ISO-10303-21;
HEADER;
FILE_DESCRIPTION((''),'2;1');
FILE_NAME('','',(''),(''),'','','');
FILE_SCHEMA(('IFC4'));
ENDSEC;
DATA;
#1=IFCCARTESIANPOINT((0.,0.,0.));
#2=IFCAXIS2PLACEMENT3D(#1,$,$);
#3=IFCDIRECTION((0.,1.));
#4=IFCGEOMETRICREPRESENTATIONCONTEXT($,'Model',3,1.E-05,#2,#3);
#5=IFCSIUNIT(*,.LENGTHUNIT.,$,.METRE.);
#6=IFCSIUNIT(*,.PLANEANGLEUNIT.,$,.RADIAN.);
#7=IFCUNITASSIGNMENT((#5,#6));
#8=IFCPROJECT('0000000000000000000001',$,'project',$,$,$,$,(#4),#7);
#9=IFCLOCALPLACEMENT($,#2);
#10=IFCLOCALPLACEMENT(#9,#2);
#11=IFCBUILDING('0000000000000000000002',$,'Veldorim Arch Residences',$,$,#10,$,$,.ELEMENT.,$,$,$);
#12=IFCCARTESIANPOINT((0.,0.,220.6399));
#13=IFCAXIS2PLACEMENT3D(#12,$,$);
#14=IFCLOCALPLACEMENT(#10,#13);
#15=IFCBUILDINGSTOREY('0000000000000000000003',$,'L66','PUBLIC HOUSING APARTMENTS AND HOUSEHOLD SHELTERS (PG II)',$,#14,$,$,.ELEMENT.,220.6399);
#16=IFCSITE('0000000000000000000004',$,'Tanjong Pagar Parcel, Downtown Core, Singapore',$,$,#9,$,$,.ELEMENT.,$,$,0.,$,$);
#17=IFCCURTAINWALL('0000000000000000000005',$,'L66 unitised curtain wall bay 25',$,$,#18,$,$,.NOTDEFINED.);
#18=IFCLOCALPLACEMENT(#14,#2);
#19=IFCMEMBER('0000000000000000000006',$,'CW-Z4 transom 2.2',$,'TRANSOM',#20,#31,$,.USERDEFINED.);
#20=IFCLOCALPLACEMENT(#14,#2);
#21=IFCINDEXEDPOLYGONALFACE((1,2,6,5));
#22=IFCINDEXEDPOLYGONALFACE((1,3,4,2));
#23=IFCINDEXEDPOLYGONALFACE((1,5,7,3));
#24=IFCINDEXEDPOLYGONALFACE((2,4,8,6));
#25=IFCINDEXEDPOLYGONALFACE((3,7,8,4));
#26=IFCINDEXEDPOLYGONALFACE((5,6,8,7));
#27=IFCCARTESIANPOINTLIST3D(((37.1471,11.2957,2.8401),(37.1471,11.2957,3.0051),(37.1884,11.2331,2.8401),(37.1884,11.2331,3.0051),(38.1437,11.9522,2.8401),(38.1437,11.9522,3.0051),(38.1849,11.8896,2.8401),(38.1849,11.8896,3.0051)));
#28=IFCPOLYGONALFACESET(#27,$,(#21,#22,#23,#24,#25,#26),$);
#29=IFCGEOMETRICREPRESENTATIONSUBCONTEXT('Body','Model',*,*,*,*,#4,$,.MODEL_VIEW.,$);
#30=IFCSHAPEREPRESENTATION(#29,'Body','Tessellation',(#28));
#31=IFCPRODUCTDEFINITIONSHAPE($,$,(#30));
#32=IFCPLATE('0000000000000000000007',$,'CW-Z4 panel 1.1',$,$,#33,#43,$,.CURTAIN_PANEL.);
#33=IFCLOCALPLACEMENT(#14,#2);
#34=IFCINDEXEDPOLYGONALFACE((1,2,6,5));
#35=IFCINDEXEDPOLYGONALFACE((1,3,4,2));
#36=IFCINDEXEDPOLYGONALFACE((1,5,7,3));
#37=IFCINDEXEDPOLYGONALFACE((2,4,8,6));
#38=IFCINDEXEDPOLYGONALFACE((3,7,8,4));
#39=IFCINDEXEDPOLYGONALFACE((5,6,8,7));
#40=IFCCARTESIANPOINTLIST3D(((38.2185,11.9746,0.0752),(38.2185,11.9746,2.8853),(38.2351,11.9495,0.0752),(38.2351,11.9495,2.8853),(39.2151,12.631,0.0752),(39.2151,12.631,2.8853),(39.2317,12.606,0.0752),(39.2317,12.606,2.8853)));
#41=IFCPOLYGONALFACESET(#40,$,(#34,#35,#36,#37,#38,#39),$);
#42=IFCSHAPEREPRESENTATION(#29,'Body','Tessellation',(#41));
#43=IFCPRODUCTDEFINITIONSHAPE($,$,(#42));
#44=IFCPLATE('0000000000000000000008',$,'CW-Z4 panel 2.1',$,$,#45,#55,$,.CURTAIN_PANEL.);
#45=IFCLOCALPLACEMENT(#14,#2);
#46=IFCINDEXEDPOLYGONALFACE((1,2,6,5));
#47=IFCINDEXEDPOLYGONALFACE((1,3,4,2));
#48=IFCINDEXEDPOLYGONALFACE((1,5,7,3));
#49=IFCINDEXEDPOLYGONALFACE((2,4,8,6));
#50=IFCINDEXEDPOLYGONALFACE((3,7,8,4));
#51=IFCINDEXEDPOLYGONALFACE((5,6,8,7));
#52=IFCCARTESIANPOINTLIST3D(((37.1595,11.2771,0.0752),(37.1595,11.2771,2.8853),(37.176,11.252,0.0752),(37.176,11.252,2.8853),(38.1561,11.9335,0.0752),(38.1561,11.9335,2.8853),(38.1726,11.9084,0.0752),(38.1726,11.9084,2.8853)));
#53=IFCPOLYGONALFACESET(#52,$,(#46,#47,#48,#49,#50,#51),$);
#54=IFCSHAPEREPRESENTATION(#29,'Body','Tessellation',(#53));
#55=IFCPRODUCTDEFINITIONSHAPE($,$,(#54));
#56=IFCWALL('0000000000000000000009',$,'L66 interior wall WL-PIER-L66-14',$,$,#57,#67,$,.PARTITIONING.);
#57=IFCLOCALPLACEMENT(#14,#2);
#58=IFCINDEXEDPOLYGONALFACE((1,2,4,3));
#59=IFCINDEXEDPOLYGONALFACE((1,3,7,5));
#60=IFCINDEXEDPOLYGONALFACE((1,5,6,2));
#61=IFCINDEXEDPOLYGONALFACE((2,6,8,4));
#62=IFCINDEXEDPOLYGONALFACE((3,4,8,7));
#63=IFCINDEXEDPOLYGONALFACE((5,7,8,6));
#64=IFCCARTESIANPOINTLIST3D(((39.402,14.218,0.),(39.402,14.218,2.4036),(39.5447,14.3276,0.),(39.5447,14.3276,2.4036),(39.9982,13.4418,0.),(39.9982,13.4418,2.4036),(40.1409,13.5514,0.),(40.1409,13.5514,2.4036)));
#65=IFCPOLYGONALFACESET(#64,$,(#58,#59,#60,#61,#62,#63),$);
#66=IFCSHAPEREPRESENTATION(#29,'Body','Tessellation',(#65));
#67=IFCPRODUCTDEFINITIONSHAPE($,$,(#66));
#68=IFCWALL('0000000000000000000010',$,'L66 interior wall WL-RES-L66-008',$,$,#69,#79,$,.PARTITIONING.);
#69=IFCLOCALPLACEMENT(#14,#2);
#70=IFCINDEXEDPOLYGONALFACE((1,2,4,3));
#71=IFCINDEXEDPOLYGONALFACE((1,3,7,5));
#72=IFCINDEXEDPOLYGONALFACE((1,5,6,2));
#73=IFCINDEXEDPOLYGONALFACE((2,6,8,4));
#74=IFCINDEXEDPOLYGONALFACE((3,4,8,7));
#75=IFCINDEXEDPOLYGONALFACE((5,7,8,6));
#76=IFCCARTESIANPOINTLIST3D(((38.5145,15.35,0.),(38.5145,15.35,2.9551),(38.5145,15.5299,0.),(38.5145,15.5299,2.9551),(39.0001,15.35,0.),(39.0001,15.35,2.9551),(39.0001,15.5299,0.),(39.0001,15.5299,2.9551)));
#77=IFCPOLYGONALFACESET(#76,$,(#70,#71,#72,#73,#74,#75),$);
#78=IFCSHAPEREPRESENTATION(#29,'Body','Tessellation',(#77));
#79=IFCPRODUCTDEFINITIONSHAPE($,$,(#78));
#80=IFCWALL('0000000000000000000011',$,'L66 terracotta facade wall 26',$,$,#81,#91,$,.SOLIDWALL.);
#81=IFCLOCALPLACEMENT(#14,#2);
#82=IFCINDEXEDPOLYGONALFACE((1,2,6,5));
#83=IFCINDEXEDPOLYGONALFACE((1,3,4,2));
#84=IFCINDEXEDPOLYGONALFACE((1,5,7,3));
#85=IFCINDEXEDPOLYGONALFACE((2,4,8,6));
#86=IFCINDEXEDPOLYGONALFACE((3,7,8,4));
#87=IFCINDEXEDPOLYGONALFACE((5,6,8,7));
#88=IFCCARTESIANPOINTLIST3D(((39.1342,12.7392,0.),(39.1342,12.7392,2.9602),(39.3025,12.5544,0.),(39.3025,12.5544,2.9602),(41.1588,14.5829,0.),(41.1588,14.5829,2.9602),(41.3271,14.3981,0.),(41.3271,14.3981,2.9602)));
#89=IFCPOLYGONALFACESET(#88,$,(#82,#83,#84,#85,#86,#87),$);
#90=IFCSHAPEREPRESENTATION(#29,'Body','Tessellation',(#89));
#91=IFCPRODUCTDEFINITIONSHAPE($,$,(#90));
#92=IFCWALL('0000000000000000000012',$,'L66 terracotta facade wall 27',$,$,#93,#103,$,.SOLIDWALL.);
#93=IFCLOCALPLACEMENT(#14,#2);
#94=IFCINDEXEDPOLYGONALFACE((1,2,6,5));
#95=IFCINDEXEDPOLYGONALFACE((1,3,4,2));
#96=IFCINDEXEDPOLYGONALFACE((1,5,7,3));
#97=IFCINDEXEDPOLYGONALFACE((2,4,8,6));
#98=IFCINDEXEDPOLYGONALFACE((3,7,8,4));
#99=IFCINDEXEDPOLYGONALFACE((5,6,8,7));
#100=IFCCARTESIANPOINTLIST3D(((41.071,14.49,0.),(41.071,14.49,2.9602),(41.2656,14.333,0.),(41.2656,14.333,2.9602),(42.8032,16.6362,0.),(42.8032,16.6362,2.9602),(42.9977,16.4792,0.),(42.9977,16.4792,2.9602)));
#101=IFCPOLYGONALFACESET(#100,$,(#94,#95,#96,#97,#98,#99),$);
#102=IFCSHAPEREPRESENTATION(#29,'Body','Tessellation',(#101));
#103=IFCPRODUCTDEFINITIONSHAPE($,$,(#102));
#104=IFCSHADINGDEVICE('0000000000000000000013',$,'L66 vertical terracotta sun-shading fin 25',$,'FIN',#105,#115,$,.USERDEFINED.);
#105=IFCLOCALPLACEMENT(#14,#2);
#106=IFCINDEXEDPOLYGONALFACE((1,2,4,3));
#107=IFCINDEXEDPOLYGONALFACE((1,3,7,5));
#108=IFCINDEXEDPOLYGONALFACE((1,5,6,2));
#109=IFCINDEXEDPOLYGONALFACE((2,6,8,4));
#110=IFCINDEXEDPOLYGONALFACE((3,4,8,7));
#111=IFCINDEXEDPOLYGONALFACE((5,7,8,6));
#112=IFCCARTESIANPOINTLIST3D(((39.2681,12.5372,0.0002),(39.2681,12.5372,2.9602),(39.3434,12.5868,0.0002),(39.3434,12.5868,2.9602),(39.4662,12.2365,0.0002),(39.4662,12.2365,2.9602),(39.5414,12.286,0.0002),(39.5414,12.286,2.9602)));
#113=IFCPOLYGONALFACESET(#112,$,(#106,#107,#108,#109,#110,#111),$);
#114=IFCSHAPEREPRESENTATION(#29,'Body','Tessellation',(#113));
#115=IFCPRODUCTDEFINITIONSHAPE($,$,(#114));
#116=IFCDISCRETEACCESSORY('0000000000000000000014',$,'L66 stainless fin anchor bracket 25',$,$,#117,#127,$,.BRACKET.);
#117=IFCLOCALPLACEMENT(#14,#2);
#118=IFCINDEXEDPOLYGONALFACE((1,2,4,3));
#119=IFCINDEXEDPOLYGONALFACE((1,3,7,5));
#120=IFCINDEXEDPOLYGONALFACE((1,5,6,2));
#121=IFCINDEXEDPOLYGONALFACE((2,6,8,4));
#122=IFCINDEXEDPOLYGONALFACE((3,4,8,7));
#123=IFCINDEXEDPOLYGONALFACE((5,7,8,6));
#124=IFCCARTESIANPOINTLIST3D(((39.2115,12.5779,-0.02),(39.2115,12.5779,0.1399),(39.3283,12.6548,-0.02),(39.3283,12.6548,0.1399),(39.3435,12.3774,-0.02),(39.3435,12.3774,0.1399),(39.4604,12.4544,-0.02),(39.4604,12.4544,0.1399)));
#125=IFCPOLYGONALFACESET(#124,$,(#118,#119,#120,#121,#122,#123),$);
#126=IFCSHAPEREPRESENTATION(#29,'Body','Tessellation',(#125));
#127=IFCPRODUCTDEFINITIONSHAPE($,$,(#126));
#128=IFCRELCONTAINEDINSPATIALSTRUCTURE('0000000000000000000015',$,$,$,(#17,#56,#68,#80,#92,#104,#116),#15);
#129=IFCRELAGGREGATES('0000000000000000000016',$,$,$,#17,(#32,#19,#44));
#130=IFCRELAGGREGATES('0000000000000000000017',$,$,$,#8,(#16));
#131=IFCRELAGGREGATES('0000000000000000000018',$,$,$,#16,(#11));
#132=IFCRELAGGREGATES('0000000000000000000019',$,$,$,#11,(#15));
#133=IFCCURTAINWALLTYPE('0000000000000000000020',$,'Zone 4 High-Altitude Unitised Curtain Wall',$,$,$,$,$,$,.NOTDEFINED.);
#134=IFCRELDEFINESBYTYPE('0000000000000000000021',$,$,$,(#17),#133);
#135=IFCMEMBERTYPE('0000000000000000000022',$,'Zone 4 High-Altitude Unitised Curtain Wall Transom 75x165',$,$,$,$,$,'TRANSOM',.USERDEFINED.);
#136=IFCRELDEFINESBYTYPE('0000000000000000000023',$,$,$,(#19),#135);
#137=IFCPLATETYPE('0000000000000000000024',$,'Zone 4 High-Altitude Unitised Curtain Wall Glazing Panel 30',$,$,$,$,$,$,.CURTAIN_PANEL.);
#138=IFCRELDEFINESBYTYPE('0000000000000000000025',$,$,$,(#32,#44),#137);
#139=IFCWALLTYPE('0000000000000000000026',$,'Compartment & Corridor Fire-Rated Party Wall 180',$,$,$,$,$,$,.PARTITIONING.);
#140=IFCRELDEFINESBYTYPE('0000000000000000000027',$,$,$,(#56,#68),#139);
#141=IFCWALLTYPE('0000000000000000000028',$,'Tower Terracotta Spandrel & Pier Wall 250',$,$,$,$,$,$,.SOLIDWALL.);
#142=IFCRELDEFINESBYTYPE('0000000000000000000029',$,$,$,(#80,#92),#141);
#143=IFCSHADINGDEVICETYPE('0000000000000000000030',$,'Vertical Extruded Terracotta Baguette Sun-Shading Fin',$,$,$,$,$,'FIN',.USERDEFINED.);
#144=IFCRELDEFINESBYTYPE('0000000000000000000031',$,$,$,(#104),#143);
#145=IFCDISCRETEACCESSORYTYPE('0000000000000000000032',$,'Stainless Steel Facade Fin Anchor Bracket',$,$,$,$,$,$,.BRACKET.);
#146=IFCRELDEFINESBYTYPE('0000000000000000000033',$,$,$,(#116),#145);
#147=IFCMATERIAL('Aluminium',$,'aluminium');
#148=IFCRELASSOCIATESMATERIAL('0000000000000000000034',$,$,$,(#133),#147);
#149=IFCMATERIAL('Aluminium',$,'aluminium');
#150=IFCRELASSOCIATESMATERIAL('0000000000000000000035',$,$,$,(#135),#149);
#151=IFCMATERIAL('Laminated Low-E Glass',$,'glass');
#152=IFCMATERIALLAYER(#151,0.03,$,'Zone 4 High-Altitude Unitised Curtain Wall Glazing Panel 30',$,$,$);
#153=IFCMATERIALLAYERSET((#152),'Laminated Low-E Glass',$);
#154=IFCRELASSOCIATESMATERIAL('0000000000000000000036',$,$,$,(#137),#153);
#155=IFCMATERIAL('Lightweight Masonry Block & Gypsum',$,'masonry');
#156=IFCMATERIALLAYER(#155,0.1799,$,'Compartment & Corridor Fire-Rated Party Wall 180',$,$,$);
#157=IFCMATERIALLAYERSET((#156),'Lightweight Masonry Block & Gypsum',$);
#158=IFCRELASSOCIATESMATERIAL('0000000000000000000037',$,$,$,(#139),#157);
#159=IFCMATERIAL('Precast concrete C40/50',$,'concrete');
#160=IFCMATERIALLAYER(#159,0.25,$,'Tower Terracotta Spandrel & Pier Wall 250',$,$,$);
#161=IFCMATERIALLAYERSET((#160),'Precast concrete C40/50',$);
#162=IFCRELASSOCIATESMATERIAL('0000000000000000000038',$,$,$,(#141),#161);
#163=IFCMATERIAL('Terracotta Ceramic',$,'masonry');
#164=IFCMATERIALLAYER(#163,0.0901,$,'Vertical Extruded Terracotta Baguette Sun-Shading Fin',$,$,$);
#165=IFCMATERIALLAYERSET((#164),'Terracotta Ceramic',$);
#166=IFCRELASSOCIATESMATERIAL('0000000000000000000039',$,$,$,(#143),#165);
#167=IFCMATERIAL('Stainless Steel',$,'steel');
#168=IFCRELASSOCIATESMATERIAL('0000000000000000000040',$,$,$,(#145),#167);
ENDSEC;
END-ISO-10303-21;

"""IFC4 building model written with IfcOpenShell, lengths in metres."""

from ifc_helpers import new_model, si_unit, direction, frame, frame_2d, origin, origin_2d, place, context, subcontext, project, spatial, rectangle, extrude, material, layer, layer_set, material_profile, profile_set, type_object, element, aggregate, save


model = new_model("IFC4")

# Units and contexts
model_context = context("Model", 3, precision=1e-05, world=origin(), true_north=direction((0.0, 1.0)))
body_context = subcontext(model_context, "Body", "Model", "MODEL_VIEW")
ifc_project = project(units=[si_unit("LENGTHUNIT", "METRE"), si_unit("PLANEANGLEUNIT", "RADIAN")], contexts=[model_context])

# Site, building, storey
site_placement = place(None, origin())
site = spatial("IfcSite", under=ifc_project, at=site_placement, Name="Tanjong Pagar Parcel, Downtown Core, Singapore", CompositionType="ELEMENT", RefElevation=0.0)
building_placement = place(site_placement, origin())
building = spatial("IfcBuilding", under=site, at=building_placement, Name="Veldorim Arch Residences", CompositionType="ELEMENT")
storey_placement = place(building_placement, frame((0.0, 0.0, 220.6399)))
storey = spatial("IfcBuildingStorey", under=building, at=storey_placement, Name="L66", Description="PUBLIC HOUSING APARTMENTS AND HOUSEHOLD SHELTERS (PG II)", CompositionType="ELEMENT", Elevation=220.6399)

# Curtain wall, member, plates
ifc_material_1 = material(Name="Aluminium", Category="aluminium")
curtain_wall_type = type_object("IfcCurtainWallType", Name="Zone 4 High-Altitude Unitised Curtain Wall", PredefinedType="NOTDEFINED", material=ifc_material_1)
curtain_wall_placement = place(storey_placement, origin())
curtain_wall = element("IfcCurtainWall", 1, at=curtain_wall_placement, inside=storey, type_object=curtain_wall_type, Name="L66 unitised curtain wall bay 25", PredefinedType="NOTDEFINED")
ifc_material_2 = material(Name="Aluminium", Category="aluminium")
ifc_material_profile_1 = material_profile(ifc_material_2, rectangle(XDim=0.075, YDim=0.165, at=origin_2d()), Name="ALU_TRN_75x165")
ifc_profile_set_1 = profile_set([ifc_material_profile_1], Name="Aluminium")
member_type_1 = type_object("IfcMemberType", Name="Zone 4 High-Altitude Unitised Curtain Wall Transom 75x165", ElementType="TRANSOM", PredefinedType="USERDEFINED", material=ifc_profile_set_1)
member_1_placement = place(storey_placement, frame((38.1643, 11.9209, 2.9226), z_axis=(-0.835091, -0.550112, 0.0), x_axis=(0.550112, -0.835091, 0.0)))
member_1 = element("IfcMember", 2, at=member_1_placement, type_object=member_type_1, Name="CW-Z4 transom 2.2", ObjectType="TRANSOM", PredefinedType="USERDEFINED", context=body_context, shape_type="SweptSolid", body=[
    extrude(rectangle(XDim=0.075, YDim=0.165, at=origin_2d()), origin(), (0.0, 0.0, 1.0), 1.1934),
])
ifc_material_3 = material(Name="Laminated Low-E Glass", Category="glass")
ifc_layer_1 = layer(ifc_material_3, 0.03, Name="Zone 4 High-Altitude Unitised Curtain Wall Glazing Panel 30")
ifc_layer_set_1 = layer_set([ifc_layer_1], Name="Laminated Low-E Glass")
plate_type = type_object("IfcPlateType", Name="Zone 4 High-Altitude Unitised Curtain Wall Glazing Panel 30", PredefinedType="CURTAIN_PANEL", material=ifc_layer_set_1)
plate_1_placement = place(storey_placement, frame((38.7251, 12.2903, 0.0752), z_axis=(0.0, 0.0, 1.0), x_axis=(-0.835124, -0.550062, 0.0)))
plate_1 = element("IfcPlate", 3, at=plate_1_placement, type_object=plate_type, Name="CW-Z4 panel 1.1", PredefinedType="CURTAIN_PANEL", context=body_context, shape_type="SweptSolid", body=[
    extrude(rectangle(XDim=1.1934, YDim=0.03, at=origin_2d()), origin(), (0.0, 0.0, 1.0), 2.8101),
])
plate_2_placement = place(storey_placement, frame((37.666, 11.5928, 0.0752), z_axis=(0.0, 0.0, 1.0), x_axis=(-0.835124, -0.550062, 0.0)))
plate_2 = element("IfcPlate", 4, at=plate_2_placement, type_object=plate_type, Name="CW-Z4 panel 2.1", PredefinedType="CURTAIN_PANEL", context=body_context, shape_type="SweptSolid", body=[
    extrude(rectangle(XDim=1.1934, YDim=0.03, at=origin_2d()), origin(), (0.0, 0.0, 1.0), 2.8101),
])
aggregate(curtain_wall, [plate_1, member_1, plate_2])

# Walls
ifc_material_4 = material(Name="Lightweight Masonry Block & Gypsum", Category="masonry")
ifc_layer_2 = layer(ifc_material_4, 0.1799, Name="Compartment & Corridor Fire-Rated Party Wall 180")
ifc_layer_set_2 = layer_set([ifc_layer_2], Name="Lightweight Masonry Block & Gypsum")
wall_type_1 = type_object("IfcWallType", Name="Compartment & Corridor Fire-Rated Party Wall 180", PredefinedType="PARTITIONING", material=ifc_layer_set_2)
wall_1_placement = place(storey_placement, frame((39.4734, 14.2727, 0.0), z_axis=(0.0, 0.0, 1.0), x_axis=(0.60918, -0.793032, 0.0)))
element("IfcWall", 5, at=wall_1_placement, inside=storey, type_object=wall_type_1, Name="L66 interior wall WL-PIER-L66-14", PredefinedType="PARTITIONING", context=body_context, shape_type="SweptSolid", body=[
    extrude(rectangle(XDim=0.9788, YDim=0.1799, at=frame_2d((0.4893, 0.0))), origin(), (0.0, 0.0, 1.0), 2.4036),
])
wall_2_placement = place(storey_placement, frame((39.0, 15.4399, 0.0), z_axis=(0.0, 0.0, 1.0), x_axis=(-1.0, 0.0, 0.0)))
element("IfcWall", 6, at=wall_2_placement, inside=storey, type_object=wall_type_1, Name="L66 interior wall WL-RES-L66-008", PredefinedType="PARTITIONING", context=body_context, shape_type="SweptSolid", body=[
    extrude(rectangle(XDim=0.4856, YDim=0.1799, at=frame_2d((0.2427, 0.0))), origin(), (0.0, 0.0, 1.0), 2.9551),
])
ifc_material_5 = material(Name="Precast concrete C40/50", Category="concrete")
ifc_layer_3 = layer(ifc_material_5, 0.25, Name="Tower Terracotta Spandrel & Pier Wall 250")
ifc_layer_set_3 = layer_set([ifc_layer_3], Name="Precast concrete C40/50")
wall_type_2 = type_object("IfcWallType", Name="Tower Terracotta Spandrel & Pier Wall 250", PredefinedType="SOLIDWALL", material=ifc_layer_set_3)
wall_3_placement = place(storey_placement, frame((41.2429, 14.4905, 0.0), z_axis=(0.0, 0.0, 1.0), x_axis=(-0.739367, -0.673303, 0.0)))
element("IfcWall", 7, at=wall_3_placement, inside=storey, type_object=wall_type_2, Name="L66 terracotta facade wall 26", PredefinedType="SOLIDWALL", context=body_context, shape_type="SweptSolid", body=[
    extrude(rectangle(XDim=2.7383, YDim=0.25, at=frame_2d((1.3691, 0.0))), origin(), (0.0, 0.0, 1.0), 2.9602),
])
wall_4_placement = place(storey_placement, frame((42.9004, 16.5576, 0.0), z_axis=(0.0, 0.0, 1.0), x_axis=(-0.628047, -0.778176, 0.0)))
element("IfcWall", 8, at=wall_4_placement, inside=storey, type_object=wall_type_2, Name="L66 terracotta facade wall 27", PredefinedType="SOLIDWALL", context=body_context, shape_type="SweptSolid", body=[
    extrude(rectangle(XDim=2.7581, YDim=0.25, at=frame_2d((1.3789, 0.0))), origin(), (0.0, 0.0, 1.0), 2.9602),
])

# Shading device
ifc_material_6 = material(Name="Terracotta Ceramic", Category="masonry")
ifc_layer_4 = layer(ifc_material_6, 0.0901, Name="Vertical Extruded Terracotta Baguette Sun-Shading Fin")
ifc_layer_set_4 = layer_set([ifc_layer_4], Name="Terracotta Ceramic")
shading_device_type = type_object("IfcShadingDeviceType", Name="Vertical Extruded Terracotta Baguette Sun-Shading Fin", ElementType="FIN", PredefinedType="USERDEFINED", material=ifc_layer_set_4)
shading_device_placement = place(storey_placement, frame((39.4048, 12.4116, 0.0002), z_axis=(0.0, 0.0, 1.0), x_axis=(-0.835136, -0.550044, 0.0)))
element("IfcShadingDevice", 9, at=shading_device_placement, inside=storey, type_object=shading_device_type, Name="L66 vertical terracotta sun-shading fin 25", ObjectType="FIN", PredefinedType="USERDEFINED", context=body_context, shape_type="SweptSolid", body=[
    extrude(rectangle(XDim=0.0901, YDim=0.3601, at=origin_2d()), origin(), (0.0, 0.0, 1.0), 2.96),
])

# Discrete accessory
ifc_material_7 = material(Name="Stainless Steel", Category="steel")
discrete_accessory_type = type_object("IfcDiscreteAccessoryType", Name="Stainless Steel Facade Fin Anchor Bracket", PredefinedType="BRACKET", material=ifc_material_7)
discrete_accessory_placement = place(storey_placement, frame((39.3359, 12.5161, -0.02), z_axis=(0.0, 0.0, 1.0), x_axis=(-0.835136, -0.550044, 0.0)))
element("IfcDiscreteAccessory", 10, at=discrete_accessory_placement, inside=storey, type_object=discrete_accessory_type, Name="L66 stainless fin anchor bracket 25", PredefinedType="BRACKET", context=body_context, shape_type="SweptSolid", body=[
    extrude(rectangle(XDim=0.1399, YDim=0.24, at=origin_2d()), origin(), (0.0, 0.0, 1.0), 0.1599),
])

save(model, "model.ifc")
